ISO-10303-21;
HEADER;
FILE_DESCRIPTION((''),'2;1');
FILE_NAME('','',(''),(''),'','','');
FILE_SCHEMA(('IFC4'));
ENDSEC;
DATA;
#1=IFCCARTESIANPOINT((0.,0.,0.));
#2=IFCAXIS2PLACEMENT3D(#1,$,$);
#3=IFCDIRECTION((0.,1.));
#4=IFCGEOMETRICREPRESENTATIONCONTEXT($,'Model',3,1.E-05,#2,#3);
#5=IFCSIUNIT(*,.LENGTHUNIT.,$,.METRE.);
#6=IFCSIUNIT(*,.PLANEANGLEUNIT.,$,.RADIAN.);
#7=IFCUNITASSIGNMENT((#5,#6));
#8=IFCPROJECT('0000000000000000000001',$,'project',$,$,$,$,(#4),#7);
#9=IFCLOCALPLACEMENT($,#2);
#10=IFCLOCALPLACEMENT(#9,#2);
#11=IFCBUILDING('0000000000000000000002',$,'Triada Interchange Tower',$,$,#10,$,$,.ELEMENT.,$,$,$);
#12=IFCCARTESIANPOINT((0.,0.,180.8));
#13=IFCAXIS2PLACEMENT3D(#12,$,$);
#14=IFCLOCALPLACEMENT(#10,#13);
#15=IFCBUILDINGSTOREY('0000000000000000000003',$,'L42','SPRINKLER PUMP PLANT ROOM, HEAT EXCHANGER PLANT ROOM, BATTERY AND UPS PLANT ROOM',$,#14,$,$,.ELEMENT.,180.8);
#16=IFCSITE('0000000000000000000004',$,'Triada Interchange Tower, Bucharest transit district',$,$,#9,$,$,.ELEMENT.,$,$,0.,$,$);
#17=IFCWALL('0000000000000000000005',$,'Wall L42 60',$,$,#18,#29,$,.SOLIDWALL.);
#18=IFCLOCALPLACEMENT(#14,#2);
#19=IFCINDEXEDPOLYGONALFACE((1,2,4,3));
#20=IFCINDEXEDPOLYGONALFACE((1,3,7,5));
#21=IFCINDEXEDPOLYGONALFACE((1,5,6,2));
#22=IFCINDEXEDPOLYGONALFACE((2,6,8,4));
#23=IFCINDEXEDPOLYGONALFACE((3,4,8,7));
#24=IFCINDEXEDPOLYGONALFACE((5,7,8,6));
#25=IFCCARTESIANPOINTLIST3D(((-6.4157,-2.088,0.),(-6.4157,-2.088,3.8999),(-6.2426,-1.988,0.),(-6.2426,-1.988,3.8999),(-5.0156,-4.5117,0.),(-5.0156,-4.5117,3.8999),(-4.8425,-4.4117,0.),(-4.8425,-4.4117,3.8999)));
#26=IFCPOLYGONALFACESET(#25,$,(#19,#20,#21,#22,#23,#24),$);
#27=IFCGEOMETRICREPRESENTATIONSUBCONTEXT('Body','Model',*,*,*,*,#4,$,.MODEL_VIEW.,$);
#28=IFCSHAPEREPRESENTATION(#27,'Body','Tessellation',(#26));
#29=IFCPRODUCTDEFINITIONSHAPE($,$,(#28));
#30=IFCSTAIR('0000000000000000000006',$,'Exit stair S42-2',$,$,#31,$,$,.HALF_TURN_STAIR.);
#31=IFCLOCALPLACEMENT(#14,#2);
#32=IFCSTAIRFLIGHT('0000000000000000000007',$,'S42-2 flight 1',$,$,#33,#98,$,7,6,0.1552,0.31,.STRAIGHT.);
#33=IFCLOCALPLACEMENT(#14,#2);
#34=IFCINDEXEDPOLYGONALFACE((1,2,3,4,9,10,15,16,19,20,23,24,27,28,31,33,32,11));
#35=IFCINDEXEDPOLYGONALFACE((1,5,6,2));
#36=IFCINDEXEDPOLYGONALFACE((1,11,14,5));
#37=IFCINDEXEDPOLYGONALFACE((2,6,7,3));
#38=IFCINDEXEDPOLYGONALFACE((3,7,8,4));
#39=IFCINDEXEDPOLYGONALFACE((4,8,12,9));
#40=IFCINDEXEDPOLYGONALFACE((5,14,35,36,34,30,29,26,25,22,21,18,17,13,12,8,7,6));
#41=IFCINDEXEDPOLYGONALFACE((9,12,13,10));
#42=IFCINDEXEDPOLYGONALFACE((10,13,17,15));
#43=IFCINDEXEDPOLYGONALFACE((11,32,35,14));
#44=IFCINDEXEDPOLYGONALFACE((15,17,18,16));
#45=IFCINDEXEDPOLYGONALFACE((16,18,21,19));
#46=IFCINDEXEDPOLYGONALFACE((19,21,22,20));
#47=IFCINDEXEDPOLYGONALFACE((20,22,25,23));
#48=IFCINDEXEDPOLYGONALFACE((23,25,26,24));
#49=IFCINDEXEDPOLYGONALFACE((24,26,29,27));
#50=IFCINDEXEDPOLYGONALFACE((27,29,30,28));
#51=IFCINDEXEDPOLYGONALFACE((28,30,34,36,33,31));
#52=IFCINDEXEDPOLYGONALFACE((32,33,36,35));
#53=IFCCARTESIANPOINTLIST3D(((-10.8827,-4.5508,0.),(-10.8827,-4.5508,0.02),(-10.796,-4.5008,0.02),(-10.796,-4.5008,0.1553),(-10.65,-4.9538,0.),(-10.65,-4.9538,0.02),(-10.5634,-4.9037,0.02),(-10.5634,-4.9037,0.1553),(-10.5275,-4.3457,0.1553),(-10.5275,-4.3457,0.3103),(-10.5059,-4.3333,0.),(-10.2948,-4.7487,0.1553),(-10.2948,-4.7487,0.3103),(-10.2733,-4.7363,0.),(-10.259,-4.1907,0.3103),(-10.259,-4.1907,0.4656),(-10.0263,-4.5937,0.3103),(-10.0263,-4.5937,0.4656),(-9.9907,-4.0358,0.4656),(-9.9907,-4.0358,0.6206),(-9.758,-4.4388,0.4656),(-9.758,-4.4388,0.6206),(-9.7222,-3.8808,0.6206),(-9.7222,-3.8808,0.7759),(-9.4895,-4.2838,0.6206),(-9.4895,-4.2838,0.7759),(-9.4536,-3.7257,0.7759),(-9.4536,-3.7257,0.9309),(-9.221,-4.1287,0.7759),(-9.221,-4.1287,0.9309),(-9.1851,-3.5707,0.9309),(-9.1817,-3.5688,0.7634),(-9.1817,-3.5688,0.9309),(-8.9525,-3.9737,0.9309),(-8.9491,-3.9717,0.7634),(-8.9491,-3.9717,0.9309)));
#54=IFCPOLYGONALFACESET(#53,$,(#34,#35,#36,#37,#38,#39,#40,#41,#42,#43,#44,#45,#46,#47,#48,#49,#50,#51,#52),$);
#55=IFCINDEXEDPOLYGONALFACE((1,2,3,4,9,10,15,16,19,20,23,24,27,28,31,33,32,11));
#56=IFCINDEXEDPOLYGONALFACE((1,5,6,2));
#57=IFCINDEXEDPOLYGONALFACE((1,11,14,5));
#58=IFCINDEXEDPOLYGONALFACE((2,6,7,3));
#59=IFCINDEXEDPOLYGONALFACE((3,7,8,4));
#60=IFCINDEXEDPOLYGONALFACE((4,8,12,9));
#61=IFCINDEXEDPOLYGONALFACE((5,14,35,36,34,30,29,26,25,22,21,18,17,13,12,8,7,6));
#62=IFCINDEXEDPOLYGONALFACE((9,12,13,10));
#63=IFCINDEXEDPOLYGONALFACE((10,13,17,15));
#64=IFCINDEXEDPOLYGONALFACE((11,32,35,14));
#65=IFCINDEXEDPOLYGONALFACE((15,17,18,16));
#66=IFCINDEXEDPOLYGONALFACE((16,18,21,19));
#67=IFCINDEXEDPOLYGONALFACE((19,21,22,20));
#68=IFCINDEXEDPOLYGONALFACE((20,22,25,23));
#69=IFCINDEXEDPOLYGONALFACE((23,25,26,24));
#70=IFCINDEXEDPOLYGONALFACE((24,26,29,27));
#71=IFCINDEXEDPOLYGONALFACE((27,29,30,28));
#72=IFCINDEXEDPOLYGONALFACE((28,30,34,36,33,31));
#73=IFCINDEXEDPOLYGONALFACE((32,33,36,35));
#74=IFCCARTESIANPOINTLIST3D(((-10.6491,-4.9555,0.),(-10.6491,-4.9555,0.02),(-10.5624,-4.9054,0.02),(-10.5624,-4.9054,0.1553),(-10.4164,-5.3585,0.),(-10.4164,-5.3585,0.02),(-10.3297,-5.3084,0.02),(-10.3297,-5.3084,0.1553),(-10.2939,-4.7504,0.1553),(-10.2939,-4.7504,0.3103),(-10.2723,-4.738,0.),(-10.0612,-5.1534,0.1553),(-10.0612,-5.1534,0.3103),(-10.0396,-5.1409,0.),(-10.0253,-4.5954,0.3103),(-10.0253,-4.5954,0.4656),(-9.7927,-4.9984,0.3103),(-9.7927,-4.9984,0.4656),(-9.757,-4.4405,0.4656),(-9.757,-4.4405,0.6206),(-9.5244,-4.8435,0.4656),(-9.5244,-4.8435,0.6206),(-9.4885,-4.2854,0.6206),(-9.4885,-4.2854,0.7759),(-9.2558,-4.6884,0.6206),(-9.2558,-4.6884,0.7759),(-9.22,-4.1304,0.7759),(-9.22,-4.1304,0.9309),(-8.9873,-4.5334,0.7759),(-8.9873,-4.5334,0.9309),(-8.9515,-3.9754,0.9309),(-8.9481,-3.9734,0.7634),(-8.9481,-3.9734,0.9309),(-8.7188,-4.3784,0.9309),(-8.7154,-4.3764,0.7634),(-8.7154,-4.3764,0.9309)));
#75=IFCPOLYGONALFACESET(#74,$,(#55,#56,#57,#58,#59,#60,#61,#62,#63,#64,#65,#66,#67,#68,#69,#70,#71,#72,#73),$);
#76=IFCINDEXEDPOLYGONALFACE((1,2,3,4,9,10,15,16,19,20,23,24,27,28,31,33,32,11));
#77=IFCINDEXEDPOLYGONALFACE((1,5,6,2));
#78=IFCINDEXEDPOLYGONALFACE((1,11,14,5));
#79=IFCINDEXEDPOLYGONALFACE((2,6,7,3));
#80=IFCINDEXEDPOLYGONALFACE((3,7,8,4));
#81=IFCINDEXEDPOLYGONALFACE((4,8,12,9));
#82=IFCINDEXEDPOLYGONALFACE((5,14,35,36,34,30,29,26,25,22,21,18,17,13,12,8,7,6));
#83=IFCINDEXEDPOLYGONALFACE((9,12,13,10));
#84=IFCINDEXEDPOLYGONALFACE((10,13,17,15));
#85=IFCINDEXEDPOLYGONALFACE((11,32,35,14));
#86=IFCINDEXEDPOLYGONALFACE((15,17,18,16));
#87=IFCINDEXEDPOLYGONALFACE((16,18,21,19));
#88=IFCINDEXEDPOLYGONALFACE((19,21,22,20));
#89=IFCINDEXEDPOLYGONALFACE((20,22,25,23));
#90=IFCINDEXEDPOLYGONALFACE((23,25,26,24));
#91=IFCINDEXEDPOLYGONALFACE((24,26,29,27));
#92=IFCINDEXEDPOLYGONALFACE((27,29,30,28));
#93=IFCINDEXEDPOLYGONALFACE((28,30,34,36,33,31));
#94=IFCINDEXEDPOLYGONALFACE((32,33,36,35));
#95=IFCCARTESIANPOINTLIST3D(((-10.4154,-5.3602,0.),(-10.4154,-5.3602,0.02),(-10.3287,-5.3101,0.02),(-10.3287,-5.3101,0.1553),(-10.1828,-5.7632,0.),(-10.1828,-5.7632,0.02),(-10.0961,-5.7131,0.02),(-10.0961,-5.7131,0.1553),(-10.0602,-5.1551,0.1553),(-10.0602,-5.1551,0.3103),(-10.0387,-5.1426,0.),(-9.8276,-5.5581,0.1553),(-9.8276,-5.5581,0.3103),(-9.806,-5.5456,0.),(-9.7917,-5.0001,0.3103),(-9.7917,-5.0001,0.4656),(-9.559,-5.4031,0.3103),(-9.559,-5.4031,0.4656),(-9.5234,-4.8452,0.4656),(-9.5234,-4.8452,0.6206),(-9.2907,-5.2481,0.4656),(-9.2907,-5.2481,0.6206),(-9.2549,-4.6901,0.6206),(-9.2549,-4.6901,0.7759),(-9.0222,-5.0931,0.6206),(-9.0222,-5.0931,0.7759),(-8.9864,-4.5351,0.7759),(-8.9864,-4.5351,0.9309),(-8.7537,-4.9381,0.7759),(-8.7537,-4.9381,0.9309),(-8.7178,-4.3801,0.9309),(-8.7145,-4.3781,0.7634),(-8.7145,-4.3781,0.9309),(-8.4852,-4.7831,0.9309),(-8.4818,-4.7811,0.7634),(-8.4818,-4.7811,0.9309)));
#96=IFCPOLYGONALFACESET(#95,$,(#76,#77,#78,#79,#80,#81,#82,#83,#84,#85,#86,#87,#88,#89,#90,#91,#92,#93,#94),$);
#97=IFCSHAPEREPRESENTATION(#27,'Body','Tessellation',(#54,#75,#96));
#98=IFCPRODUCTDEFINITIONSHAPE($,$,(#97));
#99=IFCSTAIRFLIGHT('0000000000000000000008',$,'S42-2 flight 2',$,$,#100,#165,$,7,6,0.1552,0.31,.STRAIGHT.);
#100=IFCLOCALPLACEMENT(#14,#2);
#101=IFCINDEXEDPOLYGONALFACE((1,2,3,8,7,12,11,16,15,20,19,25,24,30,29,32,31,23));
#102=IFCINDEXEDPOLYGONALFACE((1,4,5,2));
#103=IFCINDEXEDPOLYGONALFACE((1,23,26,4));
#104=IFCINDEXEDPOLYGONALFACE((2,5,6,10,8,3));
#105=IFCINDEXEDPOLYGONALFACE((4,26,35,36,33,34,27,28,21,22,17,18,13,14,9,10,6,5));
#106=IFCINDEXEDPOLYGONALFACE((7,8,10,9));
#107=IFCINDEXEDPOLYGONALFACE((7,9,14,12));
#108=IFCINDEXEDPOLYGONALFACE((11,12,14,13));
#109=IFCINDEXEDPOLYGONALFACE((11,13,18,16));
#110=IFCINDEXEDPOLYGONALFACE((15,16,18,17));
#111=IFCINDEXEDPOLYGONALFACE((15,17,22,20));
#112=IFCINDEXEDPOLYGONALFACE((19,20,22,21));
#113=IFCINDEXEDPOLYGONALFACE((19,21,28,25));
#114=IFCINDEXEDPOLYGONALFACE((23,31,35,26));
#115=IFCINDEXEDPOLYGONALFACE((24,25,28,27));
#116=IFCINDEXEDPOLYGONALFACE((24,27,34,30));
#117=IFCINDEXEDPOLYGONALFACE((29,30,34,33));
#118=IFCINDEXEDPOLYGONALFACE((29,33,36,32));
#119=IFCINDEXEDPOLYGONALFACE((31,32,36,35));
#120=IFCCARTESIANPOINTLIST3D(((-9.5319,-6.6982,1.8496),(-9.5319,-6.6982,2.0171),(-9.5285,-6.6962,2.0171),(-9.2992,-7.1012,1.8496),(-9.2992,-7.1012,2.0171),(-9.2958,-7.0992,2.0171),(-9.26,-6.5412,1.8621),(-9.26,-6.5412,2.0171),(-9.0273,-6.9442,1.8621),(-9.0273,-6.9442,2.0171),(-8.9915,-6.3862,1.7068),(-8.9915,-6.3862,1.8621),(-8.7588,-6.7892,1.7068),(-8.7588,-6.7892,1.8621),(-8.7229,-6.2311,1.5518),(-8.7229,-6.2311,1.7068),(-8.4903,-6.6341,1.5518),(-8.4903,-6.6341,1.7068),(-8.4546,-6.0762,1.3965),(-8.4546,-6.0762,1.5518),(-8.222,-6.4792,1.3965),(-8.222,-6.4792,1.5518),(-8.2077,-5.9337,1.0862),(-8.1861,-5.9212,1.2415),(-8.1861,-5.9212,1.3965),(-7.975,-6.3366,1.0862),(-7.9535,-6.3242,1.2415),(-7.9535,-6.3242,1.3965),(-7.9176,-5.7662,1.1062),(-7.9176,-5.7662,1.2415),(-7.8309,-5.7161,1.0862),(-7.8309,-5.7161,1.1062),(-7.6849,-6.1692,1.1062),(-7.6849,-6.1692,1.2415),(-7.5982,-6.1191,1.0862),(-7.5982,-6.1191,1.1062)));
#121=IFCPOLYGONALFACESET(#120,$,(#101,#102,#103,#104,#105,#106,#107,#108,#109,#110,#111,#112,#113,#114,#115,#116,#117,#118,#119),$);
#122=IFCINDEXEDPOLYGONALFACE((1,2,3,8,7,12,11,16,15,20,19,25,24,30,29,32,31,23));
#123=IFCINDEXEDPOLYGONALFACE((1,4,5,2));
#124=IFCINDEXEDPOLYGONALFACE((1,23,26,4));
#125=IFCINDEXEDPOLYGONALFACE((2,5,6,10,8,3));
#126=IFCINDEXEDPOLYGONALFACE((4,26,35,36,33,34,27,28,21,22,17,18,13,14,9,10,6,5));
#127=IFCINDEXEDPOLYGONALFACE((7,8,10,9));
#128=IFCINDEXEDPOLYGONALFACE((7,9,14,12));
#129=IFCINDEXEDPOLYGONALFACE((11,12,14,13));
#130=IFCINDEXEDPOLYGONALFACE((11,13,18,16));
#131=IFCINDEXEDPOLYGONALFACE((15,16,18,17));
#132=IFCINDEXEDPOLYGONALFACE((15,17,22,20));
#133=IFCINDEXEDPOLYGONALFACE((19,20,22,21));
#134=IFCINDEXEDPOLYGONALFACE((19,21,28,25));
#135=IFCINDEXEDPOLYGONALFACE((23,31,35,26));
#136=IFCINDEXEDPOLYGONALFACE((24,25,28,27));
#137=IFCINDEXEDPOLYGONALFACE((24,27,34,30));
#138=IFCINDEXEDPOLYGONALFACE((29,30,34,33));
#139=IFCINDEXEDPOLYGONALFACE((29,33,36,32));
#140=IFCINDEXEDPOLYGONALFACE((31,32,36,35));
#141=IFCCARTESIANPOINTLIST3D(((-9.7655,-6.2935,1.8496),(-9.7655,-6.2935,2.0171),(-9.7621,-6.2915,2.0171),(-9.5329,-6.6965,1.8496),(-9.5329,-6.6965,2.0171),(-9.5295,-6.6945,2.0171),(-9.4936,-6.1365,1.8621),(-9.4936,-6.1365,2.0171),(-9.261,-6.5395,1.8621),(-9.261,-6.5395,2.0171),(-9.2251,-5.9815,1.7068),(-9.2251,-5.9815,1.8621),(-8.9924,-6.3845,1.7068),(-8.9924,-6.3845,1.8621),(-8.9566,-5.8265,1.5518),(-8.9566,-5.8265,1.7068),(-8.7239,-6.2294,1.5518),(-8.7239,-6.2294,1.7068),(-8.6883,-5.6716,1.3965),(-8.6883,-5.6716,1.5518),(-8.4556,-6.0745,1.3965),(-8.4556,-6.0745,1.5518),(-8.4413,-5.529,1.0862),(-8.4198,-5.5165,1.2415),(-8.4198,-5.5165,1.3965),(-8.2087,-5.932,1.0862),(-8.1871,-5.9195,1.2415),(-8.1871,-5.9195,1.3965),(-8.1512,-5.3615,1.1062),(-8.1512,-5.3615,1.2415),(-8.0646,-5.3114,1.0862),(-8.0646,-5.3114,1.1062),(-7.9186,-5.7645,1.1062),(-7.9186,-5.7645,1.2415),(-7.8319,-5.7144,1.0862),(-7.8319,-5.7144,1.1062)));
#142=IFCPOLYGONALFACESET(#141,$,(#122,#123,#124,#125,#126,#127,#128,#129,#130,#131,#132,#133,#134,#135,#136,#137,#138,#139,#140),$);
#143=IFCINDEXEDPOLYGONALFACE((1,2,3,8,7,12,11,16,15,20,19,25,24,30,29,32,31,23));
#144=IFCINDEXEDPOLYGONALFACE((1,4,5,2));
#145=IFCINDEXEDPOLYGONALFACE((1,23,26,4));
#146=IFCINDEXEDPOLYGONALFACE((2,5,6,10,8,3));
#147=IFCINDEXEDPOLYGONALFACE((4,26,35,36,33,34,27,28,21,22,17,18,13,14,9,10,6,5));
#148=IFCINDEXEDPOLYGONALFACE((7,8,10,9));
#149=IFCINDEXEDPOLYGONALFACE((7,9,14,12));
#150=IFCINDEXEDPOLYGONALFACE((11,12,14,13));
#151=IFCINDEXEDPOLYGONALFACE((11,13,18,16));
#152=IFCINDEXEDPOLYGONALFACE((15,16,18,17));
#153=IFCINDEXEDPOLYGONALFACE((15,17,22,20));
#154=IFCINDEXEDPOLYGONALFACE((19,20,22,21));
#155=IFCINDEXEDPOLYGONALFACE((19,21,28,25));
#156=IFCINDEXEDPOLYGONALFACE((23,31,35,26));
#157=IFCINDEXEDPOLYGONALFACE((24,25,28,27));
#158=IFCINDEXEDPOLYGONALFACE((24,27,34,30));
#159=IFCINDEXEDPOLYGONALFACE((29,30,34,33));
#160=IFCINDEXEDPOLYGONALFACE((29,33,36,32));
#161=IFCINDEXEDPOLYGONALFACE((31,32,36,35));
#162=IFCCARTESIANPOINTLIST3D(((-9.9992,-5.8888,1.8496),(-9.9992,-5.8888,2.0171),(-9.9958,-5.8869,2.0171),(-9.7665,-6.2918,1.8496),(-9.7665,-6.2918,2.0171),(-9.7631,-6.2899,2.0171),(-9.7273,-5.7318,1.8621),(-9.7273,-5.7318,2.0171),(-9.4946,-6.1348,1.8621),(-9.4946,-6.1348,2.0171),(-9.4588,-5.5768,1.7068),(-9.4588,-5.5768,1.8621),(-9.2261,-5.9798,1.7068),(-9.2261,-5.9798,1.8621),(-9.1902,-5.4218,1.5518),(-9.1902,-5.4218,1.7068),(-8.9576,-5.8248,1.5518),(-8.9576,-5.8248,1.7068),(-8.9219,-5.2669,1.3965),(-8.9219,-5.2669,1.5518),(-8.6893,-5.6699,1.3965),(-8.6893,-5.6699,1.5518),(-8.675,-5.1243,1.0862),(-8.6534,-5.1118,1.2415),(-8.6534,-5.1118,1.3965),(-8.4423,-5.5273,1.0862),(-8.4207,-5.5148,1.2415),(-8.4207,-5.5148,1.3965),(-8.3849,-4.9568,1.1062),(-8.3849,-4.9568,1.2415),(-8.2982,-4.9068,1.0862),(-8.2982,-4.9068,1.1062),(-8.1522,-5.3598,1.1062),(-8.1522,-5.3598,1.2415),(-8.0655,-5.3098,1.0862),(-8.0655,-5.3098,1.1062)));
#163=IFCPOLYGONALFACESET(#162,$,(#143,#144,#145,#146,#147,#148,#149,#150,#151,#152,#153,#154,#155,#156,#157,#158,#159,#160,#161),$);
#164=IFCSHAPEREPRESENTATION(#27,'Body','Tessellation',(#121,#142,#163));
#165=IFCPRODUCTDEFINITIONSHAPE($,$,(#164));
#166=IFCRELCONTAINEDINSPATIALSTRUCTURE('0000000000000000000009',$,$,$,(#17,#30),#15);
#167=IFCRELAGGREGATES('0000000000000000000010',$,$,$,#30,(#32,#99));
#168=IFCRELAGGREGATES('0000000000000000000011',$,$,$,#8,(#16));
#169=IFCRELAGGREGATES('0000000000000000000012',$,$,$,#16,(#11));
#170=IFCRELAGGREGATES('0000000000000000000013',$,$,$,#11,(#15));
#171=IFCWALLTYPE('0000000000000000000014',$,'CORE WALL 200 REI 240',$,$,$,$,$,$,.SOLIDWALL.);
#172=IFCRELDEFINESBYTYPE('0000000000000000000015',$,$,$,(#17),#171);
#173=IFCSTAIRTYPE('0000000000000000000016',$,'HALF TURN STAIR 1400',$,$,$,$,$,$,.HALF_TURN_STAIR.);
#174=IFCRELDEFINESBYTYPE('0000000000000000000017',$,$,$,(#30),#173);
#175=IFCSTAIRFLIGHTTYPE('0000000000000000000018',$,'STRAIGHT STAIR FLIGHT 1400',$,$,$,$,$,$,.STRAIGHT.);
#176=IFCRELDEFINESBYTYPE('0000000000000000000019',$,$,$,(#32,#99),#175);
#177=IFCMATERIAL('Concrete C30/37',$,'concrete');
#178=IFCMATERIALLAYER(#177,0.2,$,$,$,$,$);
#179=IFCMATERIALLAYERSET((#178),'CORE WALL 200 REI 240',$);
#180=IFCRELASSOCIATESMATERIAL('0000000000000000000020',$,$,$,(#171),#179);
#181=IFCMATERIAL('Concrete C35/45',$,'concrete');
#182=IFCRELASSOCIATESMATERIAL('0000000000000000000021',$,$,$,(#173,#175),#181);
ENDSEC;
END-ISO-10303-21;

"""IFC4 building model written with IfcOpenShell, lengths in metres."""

from ifc_helpers import new_model, si_unit, direction, frame, frame_2d, origin, place, context, subcontext, project, spatial, polyline, rectangle, outline, extrude, material, layer, layer_set, type_object, element, aggregate, save


model = new_model("IFC4")

# Units and contexts
model_context = context("Model", 3, precision=1e-05, world=origin(), true_north=direction((0.0, 1.0)))
body_context = subcontext(model_context, "Body", "Model", "MODEL_VIEW")
ifc_project = project(units=[si_unit("LENGTHUNIT", "METRE"), si_unit("PLANEANGLEUNIT", "RADIAN")], contexts=[model_context])

# Site, building, storey
site_placement = place(None, origin())
site = spatial("IfcSite", under=ifc_project, at=site_placement, Name="Triada Interchange Tower, Bucharest transit district", CompositionType="ELEMENT", RefElevation=0.0)
building_placement = place(site_placement, origin())
building = spatial("IfcBuilding", under=site, at=building_placement, Name="Triada Interchange Tower", CompositionType="ELEMENT")
storey_placement = place(building_placement, frame((0.0, 0.0, 180.8)))
storey = spatial("IfcBuildingStorey", under=building, at=storey_placement, Name="L42", Description="SPRINKLER PUMP PLANT ROOM, HEAT EXCHANGER PLANT ROOM, BATTERY AND UPS PLANT ROOM", CompositionType="ELEMENT", Elevation=180.8)

# Shared definitions
ifc_material_1 = material(Name="Concrete C35/45", Category="concrete")

# Wall
ifc_material_2 = material(Name="Concrete C30/37", Category="concrete")
ifc_layer_1 = layer(ifc_material_2, 0.2)
ifc_layer_set_1 = layer_set([ifc_layer_1], Name="CORE WALL 200 REI 240")
wall_type_1 = type_object("IfcWallType", Name="CORE WALL 200 REI 240", PredefinedType="SOLIDWALL", material=ifc_layer_set_1)
wall_1_placement = place(storey_placement, frame((-6.3291, -2.0381, 0.0), z_axis=(0.0, 0.0, 1.0), x_axis=(0.500201, -0.86591, 0.0)))
element("IfcWall", 1, at=wall_1_placement, inside=storey, type_object=wall_type_1, Name="Wall L42 60", PredefinedType="SOLIDWALL", context=body_context, shape_type="SweptSolid", body=[
    extrude(rectangle(XDim=2.7991, YDim=0.2, at=frame_2d((1.3994, 0.0))), origin(), (0.0, 0.0, 1.0), 3.8999),
])

# Stair, stair flights
stair_type = type_object("IfcStairType", Name="HALF TURN STAIR 1400", PredefinedType="HALF_TURN_STAIR", material=ifc_material_1)
stair_placement = place(storey_placement, origin())
stair = element("IfcStair", 2, at=stair_placement, inside=storey, type_object=stair_type, Name="Exit stair S42-2", PredefinedType="HALF_TURN_STAIR")
stair_flight_type = type_object("IfcStairFlightType", Name="STRAIGHT STAIR FLIGHT 1400", PredefinedType="STRAIGHT", material=ifc_material_1)
stair_flight_1_placement = place(storey_placement, frame((-10.446, -5.1069, 0.0), z_axis=(0.0, 0.0, 1.0), x_axis=(0.866025, 0.5, 0.0)))
stair_flight_1 = element("IfcStairFlight", 3, at=stair_flight_1_placement, type_object=stair_flight_type, Name="S42-2 flight 1", NumberOfRisers=7, NumberOfTreads=6, PredefinedType="STRAIGHT", RiserHeight=0.1552, TreadLength=0.31, context=body_context, shape_type="SweptSolid", body=[
    extrude(outline(polyline([(-0.1001, 0.0), (-0.1001, 0.02), (0.0, 0.02), (0.0, 0.1553), (0.3101, 0.1553), (0.3101, 0.3103), (0.6201, 0.3103), (0.6201, 0.4656), (0.9299, 0.4656), (0.9299, 0.6206), (1.24, 0.6206), (1.24, 0.7759), (1.55, 0.7759), (1.55, 0.9309), (1.8601, 0.9309), (1.864, 0.9309), (1.864, 1.0862), (1.864, 0.7634), (0.335, 0.0), (-0.1001, 0.0)])), frame((0.0, 0.7, 0.0), z_axis=(0.0, -1.0, 0.0), x_axis=(1.0, 0.0, 0.0)), (0.0, 0.0, 1.0), 0.4653),
    extrude(outline(polyline([(-0.1001, 0.0), (-0.1001, 0.02), (0.0, 0.02), (0.0, 0.1553), (0.3101, 0.1553), (0.3101, 0.3103), (0.6201, 0.3103), (0.6201, 0.4656), (0.9299, 0.4656), (0.9299, 0.6206), (1.24, 0.6206), (1.24, 0.7759), (1.55, 0.7759), (1.55, 0.9309), (1.8601, 0.9309), (1.864, 0.9309), (1.864, 1.0862), (1.864, 0.7634), (0.335, 0.0), (-0.1001, 0.0)])), frame((0.0, 0.2327, 0.0), z_axis=(0.0, -1.0, 0.0), x_axis=(1.0, 0.0, 0.0)), (0.0, 0.0, 1.0), 0.4653),
    extrude(outline(polyline([(-0.1001, 0.0), (-0.1001, 0.02), (0.0, 0.02), (0.0, 0.1553), (0.3101, 0.1553), (0.3101, 0.3103), (0.6201, 0.3103), (0.6201, 0.4656), (0.9299, 0.4656), (0.9299, 0.6206), (1.24, 0.6206), (1.24, 0.7759), (1.55, 0.7759), (1.55, 0.9309), (1.8601, 0.9309), (1.864, 0.9309), (1.864, 1.0862), (1.864, 0.7634), (0.335, 0.0), (-0.1001, 0.0)])), frame((0.0, -0.2346, 0.0), z_axis=(0.0, -1.0, 0.0), x_axis=(1.0, 0.0, 0.0)), (0.0, 0.0, 1.0), 0.4653),
])
stair_flight_2_placement = place(storey_placement, frame((-8.0349, -5.563, 1.0862), z_axis=(0.0, 0.0, 1.0), x_axis=(-0.866025, -0.5, 0.0)))
stair_flight_2 = element("IfcStairFlight", 4, at=stair_flight_2_placement, type_object=stair_flight_type, Name="S42-2 flight 2", NumberOfRisers=7, NumberOfTreads=6, PredefinedType="STRAIGHT", RiserHeight=0.1552, TreadLength=0.31, context=body_context, shape_type="SweptSolid", body=[
    extrude(outline(polyline([(-0.1001, 0.0), (-0.1001, 0.02), (0.0, 0.02), (0.0, 0.1553), (0.3101, 0.1553), (0.3101, 0.3103), (0.6201, 0.3103), (0.6201, 0.4656), (0.9299, 0.4656), (0.9299, 0.6206), (1.24, 0.6206), (1.24, 0.7759), (1.55, 0.7759), (1.55, 0.9309), (1.8601, 0.9309), (1.864, 0.9309), (1.864, 1.0862), (1.864, 0.7634), (0.335, 0.0), (-0.1001, 0.0)])), frame((0.0, 0.7, 0.0), z_axis=(0.0, -1.0, 0.0), x_axis=(1.0, 0.0, 0.0)), (0.0, 0.0, 1.0), 0.4653),
    extrude(outline(polyline([(-0.1001, 0.0), (-0.1001, 0.02), (0.0, 0.02), (0.0, 0.1553), (0.3101, 0.1553), (0.3101, 0.3103), (0.6201, 0.3103), (0.6201, 0.4656), (0.9299, 0.4656), (0.9299, 0.6206), (1.24, 0.6206), (1.24, 0.7759), (1.55, 0.7759), (1.55, 0.9309), (1.8601, 0.9309), (1.864, 0.9309), (1.864, 1.0862), (1.864, 0.7634), (0.335, 0.0), (-0.1001, 0.0)])), frame((0.0, 0.2327, 0.0), z_axis=(0.0, -1.0, 0.0), x_axis=(1.0, 0.0, 0.0)), (0.0, 0.0, 1.0), 0.4653),
    extrude(outline(polyline([(-0.1001, 0.0), (-0.1001, 0.02), (0.0, 0.02), (0.0, 0.1553), (0.3101, 0.1553), (0.3101, 0.3103), (0.6201, 0.3103), (0.6201, 0.4656), (0.9299, 0.4656), (0.9299, 0.6206), (1.24, 0.6206), (1.24, 0.7759), (1.55, 0.7759), (1.55, 0.9309), (1.8601, 0.9309), (1.864, 0.9309), (1.864, 1.0862), (1.864, 0.7634), (0.335, 0.0), (-0.1001, 0.0)])), frame((0.0, -0.2346, 0.0), z_axis=(0.0, -1.0, 0.0), x_axis=(1.0, 0.0, 0.0)), (0.0, 0.0, 1.0), 0.4653),
])
aggregate(stair, [stair_flight_1, stair_flight_2])

save(model, "model.ifc")
